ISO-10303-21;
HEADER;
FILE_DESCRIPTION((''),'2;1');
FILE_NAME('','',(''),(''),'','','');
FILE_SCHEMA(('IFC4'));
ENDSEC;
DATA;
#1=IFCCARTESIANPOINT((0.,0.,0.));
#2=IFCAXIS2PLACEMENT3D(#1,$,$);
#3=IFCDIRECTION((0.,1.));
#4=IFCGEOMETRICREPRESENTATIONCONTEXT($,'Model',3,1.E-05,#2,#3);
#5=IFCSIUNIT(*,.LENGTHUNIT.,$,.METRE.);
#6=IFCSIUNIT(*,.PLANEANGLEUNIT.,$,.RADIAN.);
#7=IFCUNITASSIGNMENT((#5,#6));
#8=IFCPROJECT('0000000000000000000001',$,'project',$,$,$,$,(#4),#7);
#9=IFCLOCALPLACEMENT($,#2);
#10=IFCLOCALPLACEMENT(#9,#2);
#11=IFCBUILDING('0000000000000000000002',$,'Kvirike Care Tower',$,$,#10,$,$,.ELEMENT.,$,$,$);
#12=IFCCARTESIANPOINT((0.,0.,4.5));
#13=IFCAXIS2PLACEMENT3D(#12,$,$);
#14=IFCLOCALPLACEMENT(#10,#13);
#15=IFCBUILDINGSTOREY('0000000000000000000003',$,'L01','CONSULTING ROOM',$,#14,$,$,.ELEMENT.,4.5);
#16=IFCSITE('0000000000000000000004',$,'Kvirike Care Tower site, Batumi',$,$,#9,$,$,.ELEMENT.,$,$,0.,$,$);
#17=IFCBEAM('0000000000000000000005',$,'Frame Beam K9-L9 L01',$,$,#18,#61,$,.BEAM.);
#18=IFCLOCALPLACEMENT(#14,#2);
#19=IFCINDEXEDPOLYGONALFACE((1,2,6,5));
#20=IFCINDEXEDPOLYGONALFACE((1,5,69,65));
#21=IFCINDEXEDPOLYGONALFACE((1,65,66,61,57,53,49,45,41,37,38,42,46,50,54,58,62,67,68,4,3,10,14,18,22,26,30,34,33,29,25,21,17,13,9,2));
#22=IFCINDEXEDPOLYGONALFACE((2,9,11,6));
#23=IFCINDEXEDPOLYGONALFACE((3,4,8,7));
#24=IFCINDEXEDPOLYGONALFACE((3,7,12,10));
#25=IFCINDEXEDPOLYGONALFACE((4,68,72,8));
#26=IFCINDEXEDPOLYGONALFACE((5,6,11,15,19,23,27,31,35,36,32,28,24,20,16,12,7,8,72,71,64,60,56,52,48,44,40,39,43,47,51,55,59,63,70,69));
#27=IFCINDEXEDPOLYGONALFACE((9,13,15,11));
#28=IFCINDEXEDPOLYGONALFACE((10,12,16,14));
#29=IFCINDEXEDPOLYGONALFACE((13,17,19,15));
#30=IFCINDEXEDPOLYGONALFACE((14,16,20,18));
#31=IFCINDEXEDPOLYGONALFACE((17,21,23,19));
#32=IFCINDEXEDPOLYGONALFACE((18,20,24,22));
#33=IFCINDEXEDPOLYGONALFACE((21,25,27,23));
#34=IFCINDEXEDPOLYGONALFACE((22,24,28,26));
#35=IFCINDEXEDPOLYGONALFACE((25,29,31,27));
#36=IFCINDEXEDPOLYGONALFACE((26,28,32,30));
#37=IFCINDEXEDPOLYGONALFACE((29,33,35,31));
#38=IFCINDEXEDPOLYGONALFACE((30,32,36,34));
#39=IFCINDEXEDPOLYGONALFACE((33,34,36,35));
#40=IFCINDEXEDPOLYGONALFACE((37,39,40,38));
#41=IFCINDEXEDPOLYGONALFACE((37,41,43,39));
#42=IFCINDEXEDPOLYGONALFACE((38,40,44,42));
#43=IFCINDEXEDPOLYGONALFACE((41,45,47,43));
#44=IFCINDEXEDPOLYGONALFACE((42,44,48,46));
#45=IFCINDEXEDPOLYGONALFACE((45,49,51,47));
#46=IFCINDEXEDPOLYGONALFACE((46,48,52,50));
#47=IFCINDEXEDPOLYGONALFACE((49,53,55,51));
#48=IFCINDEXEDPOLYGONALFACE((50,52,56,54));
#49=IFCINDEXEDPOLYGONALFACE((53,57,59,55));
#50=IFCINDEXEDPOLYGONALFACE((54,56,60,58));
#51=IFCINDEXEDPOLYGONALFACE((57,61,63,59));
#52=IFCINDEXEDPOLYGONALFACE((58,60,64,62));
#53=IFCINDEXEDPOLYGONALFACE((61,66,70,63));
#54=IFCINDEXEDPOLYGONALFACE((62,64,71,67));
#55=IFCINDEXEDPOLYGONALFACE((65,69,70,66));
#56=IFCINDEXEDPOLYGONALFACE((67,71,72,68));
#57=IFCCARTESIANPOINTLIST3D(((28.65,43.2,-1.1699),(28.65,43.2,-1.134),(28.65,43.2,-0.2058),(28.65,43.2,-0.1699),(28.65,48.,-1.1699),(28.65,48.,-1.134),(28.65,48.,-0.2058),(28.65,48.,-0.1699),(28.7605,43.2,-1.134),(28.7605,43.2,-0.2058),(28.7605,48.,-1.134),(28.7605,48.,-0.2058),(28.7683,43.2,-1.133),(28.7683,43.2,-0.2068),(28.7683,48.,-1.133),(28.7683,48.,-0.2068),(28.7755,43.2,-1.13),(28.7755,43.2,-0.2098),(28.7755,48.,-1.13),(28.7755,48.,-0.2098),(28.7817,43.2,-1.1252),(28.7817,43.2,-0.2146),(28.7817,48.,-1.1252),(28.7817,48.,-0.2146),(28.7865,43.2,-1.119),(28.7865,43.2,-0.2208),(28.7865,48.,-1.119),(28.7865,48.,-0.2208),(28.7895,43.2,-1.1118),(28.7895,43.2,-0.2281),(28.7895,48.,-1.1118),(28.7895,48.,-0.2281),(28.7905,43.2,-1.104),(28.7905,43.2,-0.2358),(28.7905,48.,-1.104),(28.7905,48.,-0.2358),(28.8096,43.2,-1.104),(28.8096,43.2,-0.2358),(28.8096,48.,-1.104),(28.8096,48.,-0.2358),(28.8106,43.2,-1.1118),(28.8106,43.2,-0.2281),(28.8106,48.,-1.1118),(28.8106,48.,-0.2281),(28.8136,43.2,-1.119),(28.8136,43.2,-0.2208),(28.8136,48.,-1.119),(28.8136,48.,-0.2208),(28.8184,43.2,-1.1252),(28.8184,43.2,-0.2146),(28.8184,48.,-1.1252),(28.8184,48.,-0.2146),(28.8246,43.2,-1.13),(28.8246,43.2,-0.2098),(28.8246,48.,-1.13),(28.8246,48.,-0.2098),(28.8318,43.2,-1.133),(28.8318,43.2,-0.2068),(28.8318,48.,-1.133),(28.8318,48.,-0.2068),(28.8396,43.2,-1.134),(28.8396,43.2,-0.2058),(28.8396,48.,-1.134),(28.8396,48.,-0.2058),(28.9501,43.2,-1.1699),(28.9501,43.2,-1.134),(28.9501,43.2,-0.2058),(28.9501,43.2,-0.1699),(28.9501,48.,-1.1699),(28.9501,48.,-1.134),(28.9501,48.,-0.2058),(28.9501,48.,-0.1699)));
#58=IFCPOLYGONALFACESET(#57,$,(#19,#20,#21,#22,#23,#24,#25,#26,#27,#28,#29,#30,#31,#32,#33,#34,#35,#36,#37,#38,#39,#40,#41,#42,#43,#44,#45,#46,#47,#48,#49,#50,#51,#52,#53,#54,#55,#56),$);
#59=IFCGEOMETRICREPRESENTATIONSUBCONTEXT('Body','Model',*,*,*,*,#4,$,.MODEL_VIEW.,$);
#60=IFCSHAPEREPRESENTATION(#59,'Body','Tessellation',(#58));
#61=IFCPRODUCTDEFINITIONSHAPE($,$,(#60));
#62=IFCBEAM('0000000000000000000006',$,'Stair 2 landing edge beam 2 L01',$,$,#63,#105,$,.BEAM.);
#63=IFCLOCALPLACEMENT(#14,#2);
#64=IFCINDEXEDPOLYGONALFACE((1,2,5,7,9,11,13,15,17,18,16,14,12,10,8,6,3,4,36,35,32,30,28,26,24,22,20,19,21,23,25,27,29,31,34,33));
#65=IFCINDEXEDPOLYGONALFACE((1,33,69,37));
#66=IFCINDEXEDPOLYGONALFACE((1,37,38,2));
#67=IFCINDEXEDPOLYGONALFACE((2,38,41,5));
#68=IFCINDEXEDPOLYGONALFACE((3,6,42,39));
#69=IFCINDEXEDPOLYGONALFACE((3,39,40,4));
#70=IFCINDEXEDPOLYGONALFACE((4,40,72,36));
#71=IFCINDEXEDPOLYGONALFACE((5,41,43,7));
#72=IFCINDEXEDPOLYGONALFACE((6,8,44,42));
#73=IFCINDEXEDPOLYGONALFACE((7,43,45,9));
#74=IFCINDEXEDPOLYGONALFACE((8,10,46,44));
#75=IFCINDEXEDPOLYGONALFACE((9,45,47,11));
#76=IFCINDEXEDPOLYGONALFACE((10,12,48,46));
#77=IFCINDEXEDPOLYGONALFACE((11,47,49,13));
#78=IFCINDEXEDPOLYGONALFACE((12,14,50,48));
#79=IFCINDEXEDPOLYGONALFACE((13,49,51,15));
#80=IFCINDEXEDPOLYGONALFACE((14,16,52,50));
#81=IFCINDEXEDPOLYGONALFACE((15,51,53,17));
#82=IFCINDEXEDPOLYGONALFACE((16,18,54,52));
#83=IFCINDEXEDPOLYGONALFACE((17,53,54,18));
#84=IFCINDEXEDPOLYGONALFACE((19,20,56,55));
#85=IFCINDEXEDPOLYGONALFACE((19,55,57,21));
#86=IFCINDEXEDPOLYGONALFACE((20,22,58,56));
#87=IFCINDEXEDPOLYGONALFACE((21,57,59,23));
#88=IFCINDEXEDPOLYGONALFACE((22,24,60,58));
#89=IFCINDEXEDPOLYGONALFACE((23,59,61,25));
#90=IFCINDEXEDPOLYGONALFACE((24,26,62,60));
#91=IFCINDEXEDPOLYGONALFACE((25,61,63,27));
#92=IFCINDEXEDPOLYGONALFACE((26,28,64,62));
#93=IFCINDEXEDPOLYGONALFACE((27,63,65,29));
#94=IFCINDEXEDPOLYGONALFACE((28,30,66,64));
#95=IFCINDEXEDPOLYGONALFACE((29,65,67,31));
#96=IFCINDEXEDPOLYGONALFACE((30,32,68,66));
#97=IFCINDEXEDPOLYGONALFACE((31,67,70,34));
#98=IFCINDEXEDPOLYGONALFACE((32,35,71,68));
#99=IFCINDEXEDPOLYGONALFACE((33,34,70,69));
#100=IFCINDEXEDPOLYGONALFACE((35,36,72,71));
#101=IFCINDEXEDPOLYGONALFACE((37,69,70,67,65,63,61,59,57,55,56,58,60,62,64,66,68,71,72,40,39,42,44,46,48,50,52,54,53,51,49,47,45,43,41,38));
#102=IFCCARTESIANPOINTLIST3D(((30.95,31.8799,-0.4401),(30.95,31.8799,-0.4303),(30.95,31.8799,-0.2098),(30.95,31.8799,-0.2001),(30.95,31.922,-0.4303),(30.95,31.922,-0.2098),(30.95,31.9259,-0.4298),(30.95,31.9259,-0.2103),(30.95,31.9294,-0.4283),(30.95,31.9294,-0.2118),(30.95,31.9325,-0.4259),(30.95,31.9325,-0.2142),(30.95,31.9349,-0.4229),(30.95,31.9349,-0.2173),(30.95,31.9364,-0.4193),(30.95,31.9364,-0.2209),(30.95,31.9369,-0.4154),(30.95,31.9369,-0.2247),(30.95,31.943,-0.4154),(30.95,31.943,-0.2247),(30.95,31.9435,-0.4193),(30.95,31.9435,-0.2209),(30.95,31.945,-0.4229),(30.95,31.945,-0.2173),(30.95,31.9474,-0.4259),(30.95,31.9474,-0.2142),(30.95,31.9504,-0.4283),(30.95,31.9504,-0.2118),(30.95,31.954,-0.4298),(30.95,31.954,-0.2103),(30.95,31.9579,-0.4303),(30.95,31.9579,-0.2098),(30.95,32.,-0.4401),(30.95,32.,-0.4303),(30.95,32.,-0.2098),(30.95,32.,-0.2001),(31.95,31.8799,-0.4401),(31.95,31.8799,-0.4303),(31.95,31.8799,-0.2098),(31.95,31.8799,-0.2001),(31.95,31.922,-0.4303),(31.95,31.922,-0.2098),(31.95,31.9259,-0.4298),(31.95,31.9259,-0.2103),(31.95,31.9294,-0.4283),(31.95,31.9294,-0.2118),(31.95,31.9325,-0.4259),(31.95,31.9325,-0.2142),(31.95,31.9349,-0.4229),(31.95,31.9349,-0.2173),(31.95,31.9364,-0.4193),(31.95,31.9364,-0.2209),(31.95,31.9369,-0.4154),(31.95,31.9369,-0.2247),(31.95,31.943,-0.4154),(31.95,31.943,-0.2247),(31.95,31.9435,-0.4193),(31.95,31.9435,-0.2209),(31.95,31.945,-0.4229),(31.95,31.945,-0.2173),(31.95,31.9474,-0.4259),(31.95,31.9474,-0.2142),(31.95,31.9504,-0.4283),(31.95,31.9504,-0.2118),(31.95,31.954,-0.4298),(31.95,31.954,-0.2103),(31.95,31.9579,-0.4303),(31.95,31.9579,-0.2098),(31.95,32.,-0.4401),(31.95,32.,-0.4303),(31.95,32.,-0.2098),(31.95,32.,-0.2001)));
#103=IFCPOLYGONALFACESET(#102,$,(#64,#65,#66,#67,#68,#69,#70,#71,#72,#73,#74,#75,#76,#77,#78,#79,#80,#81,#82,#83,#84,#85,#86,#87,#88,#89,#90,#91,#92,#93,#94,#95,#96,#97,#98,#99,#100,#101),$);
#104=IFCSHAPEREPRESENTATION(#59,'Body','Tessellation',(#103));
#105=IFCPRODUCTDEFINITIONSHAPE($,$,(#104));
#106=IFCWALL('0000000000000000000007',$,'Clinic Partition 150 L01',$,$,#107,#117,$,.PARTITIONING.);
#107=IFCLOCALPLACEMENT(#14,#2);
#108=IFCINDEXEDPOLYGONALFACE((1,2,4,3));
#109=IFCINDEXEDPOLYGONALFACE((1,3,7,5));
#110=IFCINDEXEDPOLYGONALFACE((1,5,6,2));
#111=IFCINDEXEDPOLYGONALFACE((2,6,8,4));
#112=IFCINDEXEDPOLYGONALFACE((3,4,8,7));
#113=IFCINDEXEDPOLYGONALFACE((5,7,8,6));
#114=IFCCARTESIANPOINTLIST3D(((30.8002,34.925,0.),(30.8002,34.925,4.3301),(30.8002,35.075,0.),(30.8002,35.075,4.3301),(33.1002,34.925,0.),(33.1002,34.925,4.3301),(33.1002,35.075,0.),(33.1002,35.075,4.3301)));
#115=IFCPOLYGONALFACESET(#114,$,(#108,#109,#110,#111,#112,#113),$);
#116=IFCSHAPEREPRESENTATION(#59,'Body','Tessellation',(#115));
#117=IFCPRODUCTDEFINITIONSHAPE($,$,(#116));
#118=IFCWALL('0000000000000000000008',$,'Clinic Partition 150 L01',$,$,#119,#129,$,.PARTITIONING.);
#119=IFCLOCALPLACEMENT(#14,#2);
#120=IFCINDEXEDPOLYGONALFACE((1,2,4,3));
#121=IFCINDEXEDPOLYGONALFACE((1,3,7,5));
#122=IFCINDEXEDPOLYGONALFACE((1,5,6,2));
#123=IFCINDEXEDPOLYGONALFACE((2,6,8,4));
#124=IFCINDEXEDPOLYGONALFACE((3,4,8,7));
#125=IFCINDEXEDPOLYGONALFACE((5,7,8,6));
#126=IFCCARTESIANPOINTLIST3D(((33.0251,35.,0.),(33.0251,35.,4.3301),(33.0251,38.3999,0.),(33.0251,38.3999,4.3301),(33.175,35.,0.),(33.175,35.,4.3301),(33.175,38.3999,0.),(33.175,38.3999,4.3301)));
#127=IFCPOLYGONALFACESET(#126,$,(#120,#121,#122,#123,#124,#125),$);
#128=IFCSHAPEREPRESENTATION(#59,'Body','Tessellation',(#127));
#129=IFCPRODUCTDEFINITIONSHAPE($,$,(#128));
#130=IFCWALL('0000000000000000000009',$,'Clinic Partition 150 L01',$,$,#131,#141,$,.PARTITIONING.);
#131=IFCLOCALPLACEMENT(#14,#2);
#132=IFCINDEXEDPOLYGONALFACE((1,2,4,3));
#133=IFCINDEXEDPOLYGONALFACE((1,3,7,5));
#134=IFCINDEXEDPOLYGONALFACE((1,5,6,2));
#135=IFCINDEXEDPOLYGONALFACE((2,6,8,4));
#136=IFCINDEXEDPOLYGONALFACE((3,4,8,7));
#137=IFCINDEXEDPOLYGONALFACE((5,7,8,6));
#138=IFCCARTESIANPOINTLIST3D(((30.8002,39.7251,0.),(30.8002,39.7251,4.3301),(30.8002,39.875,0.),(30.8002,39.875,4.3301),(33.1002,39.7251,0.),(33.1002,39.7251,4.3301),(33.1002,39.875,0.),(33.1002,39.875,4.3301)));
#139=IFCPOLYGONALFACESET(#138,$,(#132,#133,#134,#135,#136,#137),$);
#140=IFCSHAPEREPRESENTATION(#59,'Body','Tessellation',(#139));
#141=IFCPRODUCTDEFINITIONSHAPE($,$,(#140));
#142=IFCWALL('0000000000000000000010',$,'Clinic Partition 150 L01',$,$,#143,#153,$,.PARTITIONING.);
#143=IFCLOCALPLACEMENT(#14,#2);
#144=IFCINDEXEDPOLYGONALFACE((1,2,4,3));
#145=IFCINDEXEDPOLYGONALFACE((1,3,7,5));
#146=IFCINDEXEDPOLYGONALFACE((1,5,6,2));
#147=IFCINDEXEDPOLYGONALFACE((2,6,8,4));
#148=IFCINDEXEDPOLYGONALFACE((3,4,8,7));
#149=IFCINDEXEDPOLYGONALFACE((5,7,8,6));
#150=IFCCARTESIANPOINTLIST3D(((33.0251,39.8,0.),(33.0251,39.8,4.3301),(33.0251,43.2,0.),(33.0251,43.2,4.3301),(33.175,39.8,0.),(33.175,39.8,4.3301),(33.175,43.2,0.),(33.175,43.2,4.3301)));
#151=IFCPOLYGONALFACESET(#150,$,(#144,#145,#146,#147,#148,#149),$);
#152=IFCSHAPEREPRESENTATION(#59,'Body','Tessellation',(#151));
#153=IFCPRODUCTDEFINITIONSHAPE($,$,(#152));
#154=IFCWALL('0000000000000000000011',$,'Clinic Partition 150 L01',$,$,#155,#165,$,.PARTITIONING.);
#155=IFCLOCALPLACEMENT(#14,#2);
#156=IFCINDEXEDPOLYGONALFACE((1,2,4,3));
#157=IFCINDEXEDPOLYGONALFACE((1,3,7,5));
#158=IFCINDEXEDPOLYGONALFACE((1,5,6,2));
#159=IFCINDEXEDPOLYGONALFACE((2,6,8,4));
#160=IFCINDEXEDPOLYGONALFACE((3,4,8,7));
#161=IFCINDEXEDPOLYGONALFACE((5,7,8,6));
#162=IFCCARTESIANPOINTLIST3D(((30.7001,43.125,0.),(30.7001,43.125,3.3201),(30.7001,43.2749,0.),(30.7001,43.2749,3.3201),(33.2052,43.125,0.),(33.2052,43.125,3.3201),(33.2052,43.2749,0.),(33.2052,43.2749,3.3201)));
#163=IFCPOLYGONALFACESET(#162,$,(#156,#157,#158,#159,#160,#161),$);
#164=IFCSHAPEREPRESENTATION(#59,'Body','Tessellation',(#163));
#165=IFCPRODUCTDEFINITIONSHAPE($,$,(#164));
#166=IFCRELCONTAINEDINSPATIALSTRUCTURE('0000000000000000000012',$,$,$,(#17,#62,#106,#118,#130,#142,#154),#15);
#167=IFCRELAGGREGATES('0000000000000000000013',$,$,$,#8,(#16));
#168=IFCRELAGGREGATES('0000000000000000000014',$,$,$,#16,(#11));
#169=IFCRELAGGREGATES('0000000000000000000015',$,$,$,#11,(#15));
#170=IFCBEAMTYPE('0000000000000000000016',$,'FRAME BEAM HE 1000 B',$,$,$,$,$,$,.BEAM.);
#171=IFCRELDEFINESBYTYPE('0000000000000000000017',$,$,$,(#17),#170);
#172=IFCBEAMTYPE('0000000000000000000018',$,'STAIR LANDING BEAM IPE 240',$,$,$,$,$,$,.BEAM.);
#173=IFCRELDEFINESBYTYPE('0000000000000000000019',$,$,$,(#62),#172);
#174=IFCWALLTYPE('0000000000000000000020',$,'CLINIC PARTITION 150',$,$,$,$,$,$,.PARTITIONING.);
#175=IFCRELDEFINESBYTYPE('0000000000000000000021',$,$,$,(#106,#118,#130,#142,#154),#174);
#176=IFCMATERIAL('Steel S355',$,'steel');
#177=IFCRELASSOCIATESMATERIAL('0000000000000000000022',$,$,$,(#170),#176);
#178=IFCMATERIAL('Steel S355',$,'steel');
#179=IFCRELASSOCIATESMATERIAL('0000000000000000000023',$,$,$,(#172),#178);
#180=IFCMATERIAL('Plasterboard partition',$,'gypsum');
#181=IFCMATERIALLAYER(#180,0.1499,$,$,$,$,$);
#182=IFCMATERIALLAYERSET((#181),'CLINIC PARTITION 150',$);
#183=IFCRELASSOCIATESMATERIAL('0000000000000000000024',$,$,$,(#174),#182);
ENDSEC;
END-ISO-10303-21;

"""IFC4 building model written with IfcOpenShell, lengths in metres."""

from ifc_helpers import new_model, si_unit, direction, frame, frame_2d, origin, origin_2d, place, context, subcontext, project, spatial, rectangle, i_section, extrude, material, layer, layer_set, material_profile, profile_set, type_object, element, save


model = new_model("IFC4")

# Units and contexts
model_context = context("Model", 3, precision=1e-05, world=origin(), true_north=direction((0.0, 1.0)))
body_context = subcontext(model_context, "Body", "Model", "MODEL_VIEW")
ifc_project = project(units=[si_unit("LENGTHUNIT", "METRE"), si_unit("PLANEANGLEUNIT", "RADIAN")], contexts=[model_context])

# Site, building, storey
site_placement = place(None, origin())
site = spatial("IfcSite", under=ifc_project, at=site_placement, Name="Kvirike Care Tower site, Batumi", CompositionType="ELEMENT", RefElevation=0.0)
building_placement = place(site_placement, origin())
building = spatial("IfcBuilding", under=site, at=building_placement, Name="Kvirike Care Tower", CompositionType="ELEMENT")
storey_placement = place(building_placement, frame((0.0, 0.0, 4.5)))
storey = spatial("IfcBuildingStorey", under=building, at=storey_placement, Name="L01", Description="CONSULTING ROOM", CompositionType="ELEMENT", Elevation=4.5)

# Beams
ifc_material_1 = material(Name="Steel S355", Category="steel")
ifc_material_profile_1 = material_profile(ifc_material_1, i_section(OverallWidth=0.3, OverallDepth=1.0, WebThickness=0.019, FlangeThickness=0.0359, FilletRadius=0.03, at=origin_2d()), Name="HE 1000 B")
ifc_profile_set_1 = profile_set([ifc_material_profile_1], Name="Steel S355")
beam_type_1 = type_object("IfcBeamType", Name="FRAME BEAM HE 1000 B", PredefinedType="BEAM", material=ifc_profile_set_1)
for number, where, z_axis, x_axis, name in (
    (1, (28.8, 43.2, -0.6699), (0.0, 1.0, 0.0), (-1.0, 0.0, 0.0), "Frame Beam K9-L9 L01"),
):
    element("IfcBeam", number, at=place(storey_placement, frame(where, z_axis=z_axis, x_axis=x_axis)), inside=storey, type_object=beam_type_1, Name=name, PredefinedType="BEAM", context=body_context, shape_type="SweptSolid", body=[
        extrude(i_section(OverallWidth=0.3, OverallDepth=1.0, WebThickness=0.019, FlangeThickness=0.0359, FilletRadius=0.03, at=origin_2d()), origin(), (0.0, 0.0, 1.0), 4.8),
    ])
ifc_material_2 = material(Name="Steel S355", Category="steel")
ifc_material_profile_2 = material_profile(ifc_material_2, i_section(OverallWidth=0.1201, OverallDepth=0.24, WebThickness=0.0061, FlangeThickness=0.0098, FilletRadius=0.0149, at=origin_2d()), Name="IPE 240")
ifc_profile_set_2 = profile_set([ifc_material_profile_2], Name="Steel S355")
beam_type_2 = type_object("IfcBeamType", Name="STAIR LANDING BEAM IPE 240", PredefinedType="BEAM", material=ifc_profile_set_2)
beam_placement = place(storey_placement, frame((31.95, 31.9399, -0.3201), z_axis=(-1.0, 0.0, 0.0), x_axis=(0.0, -1.0, 0.0)))
element("IfcBeam", 2, at=beam_placement, inside=storey, type_object=beam_type_2, Name="Stair 2 landing edge beam 2 L01", PredefinedType="BEAM", context=body_context, shape_type="SweptSolid", body=[
    extrude(i_section(OverallWidth=0.1201, OverallDepth=0.24, WebThickness=0.0061, FlangeThickness=0.0098, FilletRadius=0.0149, at=origin_2d()), origin(), (0.0, 0.0, 1.0), 1.0),
])

# Walls
ifc_material_3 = material(Name="Plasterboard partition", Category="gypsum")
ifc_layer_1 = layer(ifc_material_3, 0.1499)
ifc_layer_set_1 = layer_set([ifc_layer_1], Name="CLINIC PARTITION 150")
wall_type_1 = type_object("IfcWallType", Name="CLINIC PARTITION 150", PredefinedType="PARTITIONING", material=ifc_layer_set_1)
wall_1_placement = place(storey_placement, frame((33.1001, 35.0, 0.0), z_axis=(0.0, 0.0, 1.0), x_axis=(-1.0, 0.0, 0.0)))
element("IfcWall", 3, at=wall_1_placement, inside=storey, type_object=wall_type_1, Name="Clinic Partition 150 L01", PredefinedType="PARTITIONING", context=body_context, shape_type="SweptSolid", body=[
    extrude(rectangle(XDim=2.3, YDim=0.1499, at=frame_2d((1.1499, 0.0))), origin(), (0.0, 0.0, 1.0), 4.3301),
])
wall_2_placement = place(storey_placement, frame((33.1001, 35.0, 0.0), z_axis=(0.0, 0.0, 1.0), x_axis=(0.0, 1.0, 0.0)))
element("IfcWall", 4, at=wall_2_placement, inside=storey, type_object=wall_type_1, Name="Clinic Partition 150 L01", PredefinedType="PARTITIONING", context=body_context, shape_type="SweptSolid", body=[
    extrude(rectangle(XDim=3.3999, YDim=0.1499, at=frame_2d((1.7, 0.0))), origin(), (0.0, 0.0, 1.0), 4.3301),
])
wall_3_placement = place(storey_placement, frame((33.1001, 39.8, 0.0), z_axis=(0.0, 0.0, 1.0), x_axis=(-1.0, 0.0, 0.0)))
element("IfcWall", 5, at=wall_3_placement, inside=storey, type_object=wall_type_1, Name="Clinic Partition 150 L01", PredefinedType="PARTITIONING", context=body_context, shape_type="SweptSolid", body=[
    extrude(rectangle(XDim=2.3, YDim=0.1499, at=frame_2d((1.1499, 0.0))), origin(), (0.0, 0.0, 1.0), 4.3301),
])
wall_4_placement = place(storey_placement, frame((33.1001, 39.8, 0.0), z_axis=(0.0, 0.0, 1.0), x_axis=(0.0, 1.0, 0.0)))
element("IfcWall", 6, at=wall_4_placement, inside=storey, type_object=wall_type_1, Name="Clinic Partition 150 L01", PredefinedType="PARTITIONING", context=body_context, shape_type="SweptSolid", body=[
    extrude(rectangle(XDim=3.3999, YDim=0.1499, at=frame_2d((1.7, 0.0))), origin(), (0.0, 0.0, 1.0), 4.3301),
])
wall_5_placement = place(storey_placement, frame((33.2051, 43.2, 0.0), z_axis=(0.0, 0.0, 1.0), x_axis=(-1.0, 0.0, 0.0)))
element("IfcWall", 7, at=wall_5_placement, inside=storey, type_object=wall_type_1, Name="Clinic Partition 150 L01", PredefinedType="PARTITIONING", context=body_context, shape_type="SweptSolid", body=[
    extrude(rectangle(XDim=2.5051, YDim=0.1499, at=frame_2d((1.2524, 0.0))), origin(), (0.0, 0.0, 1.0), 3.3201),
])

save(model, "model.ifc")
